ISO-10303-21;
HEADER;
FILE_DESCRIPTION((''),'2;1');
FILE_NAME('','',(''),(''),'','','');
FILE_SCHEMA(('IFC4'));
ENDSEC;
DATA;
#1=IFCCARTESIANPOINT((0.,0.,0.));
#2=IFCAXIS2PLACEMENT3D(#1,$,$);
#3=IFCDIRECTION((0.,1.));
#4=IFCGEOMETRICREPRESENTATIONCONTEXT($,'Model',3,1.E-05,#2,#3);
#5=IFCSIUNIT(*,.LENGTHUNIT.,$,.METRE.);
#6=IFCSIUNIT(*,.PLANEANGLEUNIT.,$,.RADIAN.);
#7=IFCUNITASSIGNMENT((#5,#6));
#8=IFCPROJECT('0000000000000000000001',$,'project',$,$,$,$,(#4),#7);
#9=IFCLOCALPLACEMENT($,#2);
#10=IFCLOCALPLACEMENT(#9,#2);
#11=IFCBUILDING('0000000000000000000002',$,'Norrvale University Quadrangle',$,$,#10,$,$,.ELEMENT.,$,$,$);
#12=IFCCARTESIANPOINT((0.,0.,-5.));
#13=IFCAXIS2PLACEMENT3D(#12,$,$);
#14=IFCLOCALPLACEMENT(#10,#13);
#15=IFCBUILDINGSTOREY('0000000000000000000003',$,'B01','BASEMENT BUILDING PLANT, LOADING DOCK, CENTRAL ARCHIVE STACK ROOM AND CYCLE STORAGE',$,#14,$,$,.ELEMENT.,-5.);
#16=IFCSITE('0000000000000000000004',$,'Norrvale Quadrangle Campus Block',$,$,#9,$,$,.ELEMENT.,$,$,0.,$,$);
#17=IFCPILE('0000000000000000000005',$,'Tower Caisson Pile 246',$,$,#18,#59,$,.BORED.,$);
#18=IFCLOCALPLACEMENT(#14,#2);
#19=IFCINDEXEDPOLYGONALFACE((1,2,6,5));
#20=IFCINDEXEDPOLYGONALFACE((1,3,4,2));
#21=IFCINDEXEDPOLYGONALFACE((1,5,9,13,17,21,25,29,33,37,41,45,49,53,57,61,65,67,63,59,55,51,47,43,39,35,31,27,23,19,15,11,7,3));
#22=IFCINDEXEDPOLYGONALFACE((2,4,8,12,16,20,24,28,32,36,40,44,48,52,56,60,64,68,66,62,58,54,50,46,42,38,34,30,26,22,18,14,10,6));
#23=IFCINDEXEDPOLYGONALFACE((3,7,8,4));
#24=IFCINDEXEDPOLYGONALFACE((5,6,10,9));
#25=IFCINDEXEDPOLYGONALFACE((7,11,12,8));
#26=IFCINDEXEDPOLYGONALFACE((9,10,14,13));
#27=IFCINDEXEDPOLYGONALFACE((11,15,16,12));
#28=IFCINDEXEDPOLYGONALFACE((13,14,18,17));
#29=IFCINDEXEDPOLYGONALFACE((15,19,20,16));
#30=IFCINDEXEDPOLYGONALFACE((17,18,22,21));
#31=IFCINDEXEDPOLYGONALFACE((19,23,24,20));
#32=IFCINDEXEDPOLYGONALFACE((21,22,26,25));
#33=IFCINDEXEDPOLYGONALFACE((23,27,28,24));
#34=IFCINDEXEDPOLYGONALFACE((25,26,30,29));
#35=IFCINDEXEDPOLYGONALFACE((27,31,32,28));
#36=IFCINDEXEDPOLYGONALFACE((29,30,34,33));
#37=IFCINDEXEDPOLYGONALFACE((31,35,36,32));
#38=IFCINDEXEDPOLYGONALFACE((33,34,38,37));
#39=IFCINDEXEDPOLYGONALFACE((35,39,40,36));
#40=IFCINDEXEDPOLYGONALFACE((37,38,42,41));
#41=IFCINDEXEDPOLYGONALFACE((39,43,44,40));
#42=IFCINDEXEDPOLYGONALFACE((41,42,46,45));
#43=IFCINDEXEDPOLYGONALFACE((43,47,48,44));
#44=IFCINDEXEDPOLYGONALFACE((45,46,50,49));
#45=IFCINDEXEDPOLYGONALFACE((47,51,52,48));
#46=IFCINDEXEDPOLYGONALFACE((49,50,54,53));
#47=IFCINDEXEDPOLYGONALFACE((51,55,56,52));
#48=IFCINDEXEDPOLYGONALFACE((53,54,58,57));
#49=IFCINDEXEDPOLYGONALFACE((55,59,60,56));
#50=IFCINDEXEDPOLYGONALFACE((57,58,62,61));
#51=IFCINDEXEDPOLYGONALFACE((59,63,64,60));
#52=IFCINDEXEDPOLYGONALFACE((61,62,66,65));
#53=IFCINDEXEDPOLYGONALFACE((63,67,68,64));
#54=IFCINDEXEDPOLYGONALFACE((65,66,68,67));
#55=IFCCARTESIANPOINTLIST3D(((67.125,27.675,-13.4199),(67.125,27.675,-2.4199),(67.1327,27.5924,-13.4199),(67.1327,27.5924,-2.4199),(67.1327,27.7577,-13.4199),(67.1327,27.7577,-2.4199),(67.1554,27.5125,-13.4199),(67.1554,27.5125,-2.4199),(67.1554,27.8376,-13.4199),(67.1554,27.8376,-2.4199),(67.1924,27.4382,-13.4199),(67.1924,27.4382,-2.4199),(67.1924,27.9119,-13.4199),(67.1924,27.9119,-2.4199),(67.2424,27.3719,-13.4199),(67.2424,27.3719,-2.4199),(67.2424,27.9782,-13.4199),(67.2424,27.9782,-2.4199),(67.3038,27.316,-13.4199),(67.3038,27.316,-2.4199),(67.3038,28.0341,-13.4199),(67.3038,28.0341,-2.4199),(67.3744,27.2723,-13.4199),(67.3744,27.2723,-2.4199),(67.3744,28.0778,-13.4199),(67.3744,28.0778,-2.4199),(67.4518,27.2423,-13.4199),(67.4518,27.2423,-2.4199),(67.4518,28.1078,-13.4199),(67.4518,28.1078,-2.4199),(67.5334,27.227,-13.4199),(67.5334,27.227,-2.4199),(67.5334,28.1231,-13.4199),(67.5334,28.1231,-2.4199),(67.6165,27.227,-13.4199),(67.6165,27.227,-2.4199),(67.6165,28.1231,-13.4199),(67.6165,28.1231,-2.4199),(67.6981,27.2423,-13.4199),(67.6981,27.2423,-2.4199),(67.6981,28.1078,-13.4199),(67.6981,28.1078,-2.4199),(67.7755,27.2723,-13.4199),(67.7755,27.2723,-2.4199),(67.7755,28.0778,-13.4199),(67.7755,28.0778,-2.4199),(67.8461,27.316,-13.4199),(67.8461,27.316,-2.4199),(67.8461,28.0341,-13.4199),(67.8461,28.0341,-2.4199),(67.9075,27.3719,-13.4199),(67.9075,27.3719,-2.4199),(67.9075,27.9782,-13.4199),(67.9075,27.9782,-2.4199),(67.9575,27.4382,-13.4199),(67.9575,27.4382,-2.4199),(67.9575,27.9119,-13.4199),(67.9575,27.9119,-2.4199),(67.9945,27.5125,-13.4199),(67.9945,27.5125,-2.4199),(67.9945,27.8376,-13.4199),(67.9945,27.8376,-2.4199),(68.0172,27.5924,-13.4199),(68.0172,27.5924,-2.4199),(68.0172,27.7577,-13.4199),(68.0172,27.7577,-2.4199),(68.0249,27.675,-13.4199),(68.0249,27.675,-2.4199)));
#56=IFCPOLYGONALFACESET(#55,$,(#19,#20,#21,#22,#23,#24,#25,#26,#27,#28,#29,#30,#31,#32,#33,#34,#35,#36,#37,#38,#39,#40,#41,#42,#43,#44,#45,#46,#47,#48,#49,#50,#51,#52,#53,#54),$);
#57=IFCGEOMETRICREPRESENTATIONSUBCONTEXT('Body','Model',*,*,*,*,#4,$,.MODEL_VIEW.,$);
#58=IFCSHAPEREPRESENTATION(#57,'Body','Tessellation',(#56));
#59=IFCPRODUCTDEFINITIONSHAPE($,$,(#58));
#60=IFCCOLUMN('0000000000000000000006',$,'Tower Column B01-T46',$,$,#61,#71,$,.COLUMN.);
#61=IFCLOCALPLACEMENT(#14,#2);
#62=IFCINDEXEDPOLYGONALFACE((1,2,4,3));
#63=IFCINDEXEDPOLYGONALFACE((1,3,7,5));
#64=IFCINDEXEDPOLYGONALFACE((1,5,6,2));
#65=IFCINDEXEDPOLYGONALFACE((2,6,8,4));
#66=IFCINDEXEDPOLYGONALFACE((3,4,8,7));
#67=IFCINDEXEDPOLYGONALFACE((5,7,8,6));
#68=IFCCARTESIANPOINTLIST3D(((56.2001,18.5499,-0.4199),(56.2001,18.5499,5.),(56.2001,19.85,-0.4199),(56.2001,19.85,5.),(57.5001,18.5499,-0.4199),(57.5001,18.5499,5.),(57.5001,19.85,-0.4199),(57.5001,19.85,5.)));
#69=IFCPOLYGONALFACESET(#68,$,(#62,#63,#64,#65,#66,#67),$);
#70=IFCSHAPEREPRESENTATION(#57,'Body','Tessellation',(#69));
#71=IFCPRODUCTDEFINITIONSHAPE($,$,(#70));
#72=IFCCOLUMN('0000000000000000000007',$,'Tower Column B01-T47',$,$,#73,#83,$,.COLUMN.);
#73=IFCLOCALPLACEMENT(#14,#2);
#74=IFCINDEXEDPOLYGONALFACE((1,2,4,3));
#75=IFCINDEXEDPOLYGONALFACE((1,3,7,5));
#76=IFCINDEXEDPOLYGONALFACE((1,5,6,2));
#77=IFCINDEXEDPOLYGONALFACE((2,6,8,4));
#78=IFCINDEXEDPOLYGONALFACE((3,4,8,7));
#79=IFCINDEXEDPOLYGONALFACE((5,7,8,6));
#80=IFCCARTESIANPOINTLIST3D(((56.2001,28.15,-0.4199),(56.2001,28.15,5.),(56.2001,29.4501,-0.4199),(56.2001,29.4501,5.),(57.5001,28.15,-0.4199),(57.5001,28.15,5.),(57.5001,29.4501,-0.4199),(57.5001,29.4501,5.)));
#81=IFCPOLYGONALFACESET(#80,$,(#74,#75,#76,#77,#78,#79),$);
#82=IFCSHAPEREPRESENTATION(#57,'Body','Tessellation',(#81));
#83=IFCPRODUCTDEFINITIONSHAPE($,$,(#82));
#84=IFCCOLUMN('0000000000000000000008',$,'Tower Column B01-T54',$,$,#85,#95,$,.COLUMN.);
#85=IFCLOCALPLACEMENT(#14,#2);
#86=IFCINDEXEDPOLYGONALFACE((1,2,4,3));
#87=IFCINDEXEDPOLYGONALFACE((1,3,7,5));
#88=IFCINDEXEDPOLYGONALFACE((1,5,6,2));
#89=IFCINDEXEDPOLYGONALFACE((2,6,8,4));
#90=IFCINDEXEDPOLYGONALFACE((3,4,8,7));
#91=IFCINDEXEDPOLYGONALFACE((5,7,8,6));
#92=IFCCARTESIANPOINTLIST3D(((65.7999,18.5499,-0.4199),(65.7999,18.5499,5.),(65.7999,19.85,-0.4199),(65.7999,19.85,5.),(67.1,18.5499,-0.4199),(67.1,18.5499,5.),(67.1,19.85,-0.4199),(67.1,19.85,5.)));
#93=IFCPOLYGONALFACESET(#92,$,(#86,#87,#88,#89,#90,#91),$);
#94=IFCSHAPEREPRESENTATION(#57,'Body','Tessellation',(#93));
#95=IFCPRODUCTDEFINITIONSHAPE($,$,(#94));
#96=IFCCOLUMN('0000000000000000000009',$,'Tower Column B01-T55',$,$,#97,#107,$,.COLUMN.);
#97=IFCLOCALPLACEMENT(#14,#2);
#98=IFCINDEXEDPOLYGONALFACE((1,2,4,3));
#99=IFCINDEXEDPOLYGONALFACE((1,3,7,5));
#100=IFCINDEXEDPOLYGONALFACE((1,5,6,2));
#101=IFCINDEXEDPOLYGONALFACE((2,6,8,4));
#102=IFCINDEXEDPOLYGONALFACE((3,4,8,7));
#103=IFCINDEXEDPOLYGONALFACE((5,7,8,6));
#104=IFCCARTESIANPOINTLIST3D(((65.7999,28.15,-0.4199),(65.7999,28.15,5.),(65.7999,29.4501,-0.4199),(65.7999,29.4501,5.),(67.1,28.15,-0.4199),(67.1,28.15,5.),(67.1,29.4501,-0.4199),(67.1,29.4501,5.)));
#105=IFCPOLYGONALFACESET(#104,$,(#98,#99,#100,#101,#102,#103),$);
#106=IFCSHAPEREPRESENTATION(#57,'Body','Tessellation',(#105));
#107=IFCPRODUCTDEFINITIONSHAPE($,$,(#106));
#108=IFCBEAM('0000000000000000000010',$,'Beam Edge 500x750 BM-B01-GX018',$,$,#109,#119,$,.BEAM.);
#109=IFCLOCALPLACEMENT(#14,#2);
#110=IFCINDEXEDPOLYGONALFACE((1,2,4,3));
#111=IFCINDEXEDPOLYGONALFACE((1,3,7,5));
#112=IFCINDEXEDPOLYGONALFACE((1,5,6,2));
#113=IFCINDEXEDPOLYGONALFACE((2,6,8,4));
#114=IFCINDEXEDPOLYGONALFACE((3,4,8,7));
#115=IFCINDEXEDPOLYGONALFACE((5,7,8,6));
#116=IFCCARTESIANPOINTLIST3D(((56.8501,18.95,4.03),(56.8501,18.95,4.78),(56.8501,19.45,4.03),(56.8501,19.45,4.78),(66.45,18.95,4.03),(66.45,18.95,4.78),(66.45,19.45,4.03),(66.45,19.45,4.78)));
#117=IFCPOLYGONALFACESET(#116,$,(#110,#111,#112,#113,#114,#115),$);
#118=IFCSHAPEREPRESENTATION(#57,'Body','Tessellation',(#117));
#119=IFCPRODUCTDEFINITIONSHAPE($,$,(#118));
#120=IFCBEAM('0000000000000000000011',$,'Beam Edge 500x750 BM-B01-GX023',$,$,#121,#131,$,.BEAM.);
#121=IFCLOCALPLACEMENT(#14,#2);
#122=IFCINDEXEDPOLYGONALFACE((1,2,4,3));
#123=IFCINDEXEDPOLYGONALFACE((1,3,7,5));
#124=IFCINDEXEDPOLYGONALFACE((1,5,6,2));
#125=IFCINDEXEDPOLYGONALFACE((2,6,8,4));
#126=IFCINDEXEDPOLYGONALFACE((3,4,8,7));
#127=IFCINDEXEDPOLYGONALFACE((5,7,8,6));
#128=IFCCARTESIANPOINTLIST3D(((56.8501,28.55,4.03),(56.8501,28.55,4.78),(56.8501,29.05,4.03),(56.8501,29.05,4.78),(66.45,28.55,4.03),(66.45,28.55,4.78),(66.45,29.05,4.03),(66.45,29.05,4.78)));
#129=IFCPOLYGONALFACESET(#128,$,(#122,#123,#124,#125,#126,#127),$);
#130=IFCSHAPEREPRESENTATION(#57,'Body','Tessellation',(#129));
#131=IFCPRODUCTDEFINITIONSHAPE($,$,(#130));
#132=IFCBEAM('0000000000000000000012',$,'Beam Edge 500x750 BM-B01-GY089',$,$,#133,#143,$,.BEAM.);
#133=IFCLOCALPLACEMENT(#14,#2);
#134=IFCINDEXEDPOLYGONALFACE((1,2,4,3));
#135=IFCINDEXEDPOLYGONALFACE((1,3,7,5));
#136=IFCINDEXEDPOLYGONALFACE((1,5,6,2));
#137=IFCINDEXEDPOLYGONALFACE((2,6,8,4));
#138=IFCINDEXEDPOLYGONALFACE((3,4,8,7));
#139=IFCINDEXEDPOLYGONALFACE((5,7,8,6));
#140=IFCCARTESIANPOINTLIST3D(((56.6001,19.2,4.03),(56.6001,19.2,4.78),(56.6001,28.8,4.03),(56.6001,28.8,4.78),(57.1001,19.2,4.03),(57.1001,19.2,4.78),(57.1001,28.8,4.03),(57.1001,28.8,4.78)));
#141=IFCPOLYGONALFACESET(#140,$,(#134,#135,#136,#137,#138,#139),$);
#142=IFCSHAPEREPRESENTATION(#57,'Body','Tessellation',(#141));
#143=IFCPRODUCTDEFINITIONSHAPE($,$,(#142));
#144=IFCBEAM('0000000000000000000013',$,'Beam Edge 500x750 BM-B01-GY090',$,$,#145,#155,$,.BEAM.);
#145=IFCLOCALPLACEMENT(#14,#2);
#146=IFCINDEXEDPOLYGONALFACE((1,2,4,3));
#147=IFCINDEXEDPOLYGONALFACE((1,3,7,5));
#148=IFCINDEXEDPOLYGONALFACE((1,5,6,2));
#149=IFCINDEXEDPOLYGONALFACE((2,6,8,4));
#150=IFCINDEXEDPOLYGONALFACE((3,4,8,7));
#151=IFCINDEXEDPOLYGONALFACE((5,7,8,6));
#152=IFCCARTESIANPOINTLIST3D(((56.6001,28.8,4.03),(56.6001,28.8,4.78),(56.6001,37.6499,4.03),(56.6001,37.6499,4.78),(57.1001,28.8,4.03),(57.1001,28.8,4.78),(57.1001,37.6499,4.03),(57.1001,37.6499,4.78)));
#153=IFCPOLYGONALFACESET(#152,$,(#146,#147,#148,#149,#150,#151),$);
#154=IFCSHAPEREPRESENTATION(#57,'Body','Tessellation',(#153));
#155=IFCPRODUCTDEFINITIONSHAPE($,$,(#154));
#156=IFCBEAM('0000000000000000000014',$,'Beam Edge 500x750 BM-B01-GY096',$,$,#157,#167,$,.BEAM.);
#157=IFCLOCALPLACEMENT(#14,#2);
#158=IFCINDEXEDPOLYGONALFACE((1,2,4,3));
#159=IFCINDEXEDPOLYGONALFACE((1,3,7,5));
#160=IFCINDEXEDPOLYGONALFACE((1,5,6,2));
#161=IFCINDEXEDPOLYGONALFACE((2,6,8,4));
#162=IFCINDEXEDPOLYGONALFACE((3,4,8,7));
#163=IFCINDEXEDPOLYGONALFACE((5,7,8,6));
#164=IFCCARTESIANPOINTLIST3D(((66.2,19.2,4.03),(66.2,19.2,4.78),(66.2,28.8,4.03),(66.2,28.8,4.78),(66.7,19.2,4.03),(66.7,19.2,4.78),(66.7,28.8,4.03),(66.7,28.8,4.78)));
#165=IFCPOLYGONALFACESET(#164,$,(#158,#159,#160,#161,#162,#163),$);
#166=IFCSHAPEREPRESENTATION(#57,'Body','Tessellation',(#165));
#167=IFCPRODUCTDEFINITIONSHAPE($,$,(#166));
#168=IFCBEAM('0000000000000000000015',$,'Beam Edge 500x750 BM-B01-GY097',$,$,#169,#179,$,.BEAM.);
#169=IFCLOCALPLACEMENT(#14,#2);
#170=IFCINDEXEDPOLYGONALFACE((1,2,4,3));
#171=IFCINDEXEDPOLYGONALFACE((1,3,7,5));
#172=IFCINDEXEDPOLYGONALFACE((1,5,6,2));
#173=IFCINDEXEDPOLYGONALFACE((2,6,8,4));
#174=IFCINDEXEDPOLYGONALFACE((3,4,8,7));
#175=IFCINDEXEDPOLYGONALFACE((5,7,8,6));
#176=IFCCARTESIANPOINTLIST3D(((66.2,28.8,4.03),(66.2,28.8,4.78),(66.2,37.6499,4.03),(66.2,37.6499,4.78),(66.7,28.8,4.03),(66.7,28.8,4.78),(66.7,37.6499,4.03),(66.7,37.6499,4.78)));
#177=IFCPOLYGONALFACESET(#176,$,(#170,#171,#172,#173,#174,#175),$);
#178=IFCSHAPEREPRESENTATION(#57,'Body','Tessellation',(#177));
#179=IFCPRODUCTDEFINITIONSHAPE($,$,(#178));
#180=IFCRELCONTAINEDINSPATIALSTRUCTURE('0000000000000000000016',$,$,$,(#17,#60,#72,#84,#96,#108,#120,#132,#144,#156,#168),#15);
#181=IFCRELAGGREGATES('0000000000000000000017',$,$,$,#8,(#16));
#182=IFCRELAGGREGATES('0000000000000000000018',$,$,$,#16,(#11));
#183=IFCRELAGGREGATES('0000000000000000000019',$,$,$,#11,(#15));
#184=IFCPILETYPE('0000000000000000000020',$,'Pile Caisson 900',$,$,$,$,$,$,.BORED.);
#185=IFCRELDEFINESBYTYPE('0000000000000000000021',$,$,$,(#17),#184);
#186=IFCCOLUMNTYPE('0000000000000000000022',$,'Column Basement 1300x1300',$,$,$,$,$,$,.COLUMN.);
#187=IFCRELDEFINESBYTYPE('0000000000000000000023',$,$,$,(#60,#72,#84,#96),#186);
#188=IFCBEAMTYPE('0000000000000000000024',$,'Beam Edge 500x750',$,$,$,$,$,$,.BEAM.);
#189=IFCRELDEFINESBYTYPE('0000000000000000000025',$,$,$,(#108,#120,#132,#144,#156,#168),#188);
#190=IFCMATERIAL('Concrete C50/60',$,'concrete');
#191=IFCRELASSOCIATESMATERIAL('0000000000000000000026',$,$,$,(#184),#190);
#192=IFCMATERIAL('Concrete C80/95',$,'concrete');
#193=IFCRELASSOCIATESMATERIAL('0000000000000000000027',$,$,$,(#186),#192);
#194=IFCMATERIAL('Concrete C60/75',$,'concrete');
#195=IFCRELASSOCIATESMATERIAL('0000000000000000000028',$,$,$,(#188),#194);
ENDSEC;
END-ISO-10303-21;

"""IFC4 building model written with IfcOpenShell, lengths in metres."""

from ifc_helpers import new_model, si_unit, direction, frame, origin, origin_2d, place, context, subcontext, project, spatial, rectangle, circle, extrude, material, material_profile, profile_set, type_object, element, save


model = new_model("IFC4")

# Units and contexts
model_context = context("Model", 3, precision=1e-05, world=origin(), true_north=direction((0.0, 1.0)))
body_context = subcontext(model_context, "Body", "Model", "MODEL_VIEW")
ifc_project = project(units=[si_unit("LENGTHUNIT", "METRE"), si_unit("PLANEANGLEUNIT", "RADIAN")], contexts=[model_context])

# Site, building, storey
site_placement = place(None, origin())
site = spatial("IfcSite", under=ifc_project, at=site_placement, Name="Norrvale Quadrangle Campus Block", CompositionType="ELEMENT", RefElevation=0.0)
building_placement = place(site_placement, origin())
building = spatial("IfcBuilding", under=site, at=building_placement, Name="Norrvale University Quadrangle", CompositionType="ELEMENT")
storey_placement = place(building_placement, frame((0.0, 0.0, -5.0)))
storey = spatial("IfcBuildingStorey", under=building, at=storey_placement, Name="B01", Description="BASEMENT BUILDING PLANT, LOADING DOCK, CENTRAL ARCHIVE STACK ROOM AND CYCLE STORAGE", CompositionType="ELEMENT", Elevation=-5.0)

# Shared definitions
ifc_material_1 = material(Name="Concrete C50/60", Category="concrete")

# Pile
ifc_material_profile_1 = material_profile(ifc_material_1, circle(Radius=0.45, at=origin_2d()), Name="Concrete C50/60")
ifc_profile_set_1 = profile_set([ifc_material_profile_1], Name="Concrete C50/60")
pile_type = type_object("IfcPileType", Name="Pile Caisson 900", PredefinedType="BORED", material=ifc_profile_set_1)
for number, where, z_axis, x_axis, name in (
    (1, (67.575, 27.675, -2.4199), (0.0, 0.0, -1.0), (1.0, 0.0, 0.0), "Tower Caisson Pile 246"),
):
    element("IfcPile", number, at=place(storey_placement, frame(where, z_axis=z_axis, x_axis=x_axis)), inside=storey, type_object=pile_type, Name=name, PredefinedType="BORED", context=body_context, shape_type="SweptSolid", body=[
        extrude(circle(Radius=0.45, at=origin_2d()), origin(), (0.0, 0.0, 1.0), 11.0),
    ])

# Columns
ifc_material_2 = material(Name="Concrete C80/95", Category="concrete")
ifc_material_profile_2 = material_profile(ifc_material_2, rectangle(XDim=1.3, YDim=1.3, at=origin_2d()), Name="Concrete C80/95")
ifc_profile_set_2 = profile_set([ifc_material_profile_2], Name="Concrete C80/95")
column_type = type_object("IfcColumnType", Name="Column Basement 1300x1300", PredefinedType="COLUMN", material=ifc_profile_set_2)
for number, where, z_axis, x_axis, name in (
    (2, (56.8501, 19.2, -0.4199), (0.0, 0.0, 1.0), (1.0, 0.0, 0.0), "Tower Column B01-T46"),
    (3, (56.8501, 28.8, -0.4199), (0.0, 0.0, 1.0), (1.0, 0.0, 0.0), "Tower Column B01-T47"),
    (4, (66.45, 19.2, -0.4199), (0.0, 0.0, 1.0), (1.0, 0.0, 0.0), "Tower Column B01-T54"),
    (5, (66.45, 28.8, -0.4199), (0.0, 0.0, 1.0), (1.0, 0.0, 0.0), "Tower Column B01-T55"),
):
    element("IfcColumn", number, at=place(storey_placement, frame(where, z_axis=z_axis, x_axis=x_axis)), inside=storey, type_object=column_type, Name=name, PredefinedType="COLUMN", context=body_context, shape_type="SweptSolid", body=[
        extrude(rectangle(XDim=1.3, YDim=1.3, at=origin_2d()), origin(), (0.0, 0.0, 1.0), 5.4199),
    ])

# Beams
ifc_material_3 = material(Name="Concrete C60/75", Category="concrete")
ifc_material_profile_3 = material_profile(ifc_material_3, rectangle(XDim=0.5, YDim=0.75, at=origin_2d()), Name="Concrete C60/75")
ifc_profile_set_3 = profile_set([ifc_material_profile_3], Name="Concrete C60/75")
beam_type_1 = type_object("IfcBeamType", Name="Beam Edge 500x750", PredefinedType="BEAM", material=ifc_profile_set_3)
for number, where, z_axis, x_axis, name in (
    (6, (56.8501, 19.2, 4.405), (1.0, 0.0, 0.0), (0.0, 1.0, 0.0), "Beam Edge 500x750 BM-B01-GX018"),
    (7, (56.8501, 28.8, 4.405), (1.0, 0.0, 0.0), (0.0, 1.0, 0.0), "Beam Edge 500x750 BM-B01-GX023"),
):
    element("IfcBeam", number, at=place(storey_placement, frame(where, z_axis=z_axis, x_axis=x_axis)), inside=storey, type_object=beam_type_1, Name=name, PredefinedType="BEAM", context=body_context, shape_type="SweptSolid", body=[
        extrude(rectangle(XDim=0.5, YDim=0.75, at=origin_2d()), origin(), (0.0, 0.0, 1.0), 9.5999),
    ])
beam_1_placement = place(storey_placement, frame((56.8501, 19.2, 4.405), z_axis=(0.0, 1.0, 0.0), x_axis=(-1.0, 0.0, 0.0)))
element("IfcBeam", 8, at=beam_1_placement, inside=storey, type_object=beam_type_1, Name="Beam Edge 500x750 BM-B01-GY089", PredefinedType="BEAM", context=body_context, shape_type="SweptSolid", body=[
    extrude(rectangle(XDim=0.5, YDim=0.75, at=origin_2d()), origin(), (0.0, 0.0, 1.0), 9.6001),
])
beam_2_placement = place(storey_placement, frame((56.8501, 28.8, 4.405), z_axis=(0.0, 1.0, 0.0), x_axis=(-1.0, 0.0, 0.0)))
element("IfcBeam", 9, at=beam_2_placement, inside=storey, type_object=beam_type_1, Name="Beam Edge 500x750 BM-B01-GY090", PredefinedType="BEAM", context=body_context, shape_type="SweptSolid", body=[
    extrude(rectangle(XDim=0.5, YDim=0.75, at=origin_2d()), origin(), (0.0, 0.0, 1.0), 8.8499),
])
beam_3_placement = place(storey_placement, frame((66.45, 19.2, 4.405), z_axis=(0.0, 1.0, 0.0), x_axis=(-1.0, 0.0, 0.0)))
element("IfcBeam", 10, at=beam_3_placement, inside=storey, type_object=beam_type_1, Name="Beam Edge 500x750 BM-B01-GY096", PredefinedType="BEAM", context=body_context, shape_type="SweptSolid", body=[
    extrude(rectangle(XDim=0.5, YDim=0.75, at=origin_2d()), origin(), (0.0, 0.0, 1.0), 9.6001),
])
beam_4_placement = place(storey_placement, frame((66.45, 28.8, 4.405), z_axis=(0.0, 1.0, 0.0), x_axis=(-1.0, 0.0, 0.0)))
element("IfcBeam", 11, at=beam_4_placement, inside=storey, type_object=beam_type_1, Name="Beam Edge 500x750 BM-B01-GY097", PredefinedType="BEAM", context=body_context, shape_type="SweptSolid", body=[
    extrude(rectangle(XDim=0.5, YDim=0.75, at=origin_2d()), origin(), (0.0, 0.0, 1.0), 8.8499),
])

save(model, "model.ifc")
